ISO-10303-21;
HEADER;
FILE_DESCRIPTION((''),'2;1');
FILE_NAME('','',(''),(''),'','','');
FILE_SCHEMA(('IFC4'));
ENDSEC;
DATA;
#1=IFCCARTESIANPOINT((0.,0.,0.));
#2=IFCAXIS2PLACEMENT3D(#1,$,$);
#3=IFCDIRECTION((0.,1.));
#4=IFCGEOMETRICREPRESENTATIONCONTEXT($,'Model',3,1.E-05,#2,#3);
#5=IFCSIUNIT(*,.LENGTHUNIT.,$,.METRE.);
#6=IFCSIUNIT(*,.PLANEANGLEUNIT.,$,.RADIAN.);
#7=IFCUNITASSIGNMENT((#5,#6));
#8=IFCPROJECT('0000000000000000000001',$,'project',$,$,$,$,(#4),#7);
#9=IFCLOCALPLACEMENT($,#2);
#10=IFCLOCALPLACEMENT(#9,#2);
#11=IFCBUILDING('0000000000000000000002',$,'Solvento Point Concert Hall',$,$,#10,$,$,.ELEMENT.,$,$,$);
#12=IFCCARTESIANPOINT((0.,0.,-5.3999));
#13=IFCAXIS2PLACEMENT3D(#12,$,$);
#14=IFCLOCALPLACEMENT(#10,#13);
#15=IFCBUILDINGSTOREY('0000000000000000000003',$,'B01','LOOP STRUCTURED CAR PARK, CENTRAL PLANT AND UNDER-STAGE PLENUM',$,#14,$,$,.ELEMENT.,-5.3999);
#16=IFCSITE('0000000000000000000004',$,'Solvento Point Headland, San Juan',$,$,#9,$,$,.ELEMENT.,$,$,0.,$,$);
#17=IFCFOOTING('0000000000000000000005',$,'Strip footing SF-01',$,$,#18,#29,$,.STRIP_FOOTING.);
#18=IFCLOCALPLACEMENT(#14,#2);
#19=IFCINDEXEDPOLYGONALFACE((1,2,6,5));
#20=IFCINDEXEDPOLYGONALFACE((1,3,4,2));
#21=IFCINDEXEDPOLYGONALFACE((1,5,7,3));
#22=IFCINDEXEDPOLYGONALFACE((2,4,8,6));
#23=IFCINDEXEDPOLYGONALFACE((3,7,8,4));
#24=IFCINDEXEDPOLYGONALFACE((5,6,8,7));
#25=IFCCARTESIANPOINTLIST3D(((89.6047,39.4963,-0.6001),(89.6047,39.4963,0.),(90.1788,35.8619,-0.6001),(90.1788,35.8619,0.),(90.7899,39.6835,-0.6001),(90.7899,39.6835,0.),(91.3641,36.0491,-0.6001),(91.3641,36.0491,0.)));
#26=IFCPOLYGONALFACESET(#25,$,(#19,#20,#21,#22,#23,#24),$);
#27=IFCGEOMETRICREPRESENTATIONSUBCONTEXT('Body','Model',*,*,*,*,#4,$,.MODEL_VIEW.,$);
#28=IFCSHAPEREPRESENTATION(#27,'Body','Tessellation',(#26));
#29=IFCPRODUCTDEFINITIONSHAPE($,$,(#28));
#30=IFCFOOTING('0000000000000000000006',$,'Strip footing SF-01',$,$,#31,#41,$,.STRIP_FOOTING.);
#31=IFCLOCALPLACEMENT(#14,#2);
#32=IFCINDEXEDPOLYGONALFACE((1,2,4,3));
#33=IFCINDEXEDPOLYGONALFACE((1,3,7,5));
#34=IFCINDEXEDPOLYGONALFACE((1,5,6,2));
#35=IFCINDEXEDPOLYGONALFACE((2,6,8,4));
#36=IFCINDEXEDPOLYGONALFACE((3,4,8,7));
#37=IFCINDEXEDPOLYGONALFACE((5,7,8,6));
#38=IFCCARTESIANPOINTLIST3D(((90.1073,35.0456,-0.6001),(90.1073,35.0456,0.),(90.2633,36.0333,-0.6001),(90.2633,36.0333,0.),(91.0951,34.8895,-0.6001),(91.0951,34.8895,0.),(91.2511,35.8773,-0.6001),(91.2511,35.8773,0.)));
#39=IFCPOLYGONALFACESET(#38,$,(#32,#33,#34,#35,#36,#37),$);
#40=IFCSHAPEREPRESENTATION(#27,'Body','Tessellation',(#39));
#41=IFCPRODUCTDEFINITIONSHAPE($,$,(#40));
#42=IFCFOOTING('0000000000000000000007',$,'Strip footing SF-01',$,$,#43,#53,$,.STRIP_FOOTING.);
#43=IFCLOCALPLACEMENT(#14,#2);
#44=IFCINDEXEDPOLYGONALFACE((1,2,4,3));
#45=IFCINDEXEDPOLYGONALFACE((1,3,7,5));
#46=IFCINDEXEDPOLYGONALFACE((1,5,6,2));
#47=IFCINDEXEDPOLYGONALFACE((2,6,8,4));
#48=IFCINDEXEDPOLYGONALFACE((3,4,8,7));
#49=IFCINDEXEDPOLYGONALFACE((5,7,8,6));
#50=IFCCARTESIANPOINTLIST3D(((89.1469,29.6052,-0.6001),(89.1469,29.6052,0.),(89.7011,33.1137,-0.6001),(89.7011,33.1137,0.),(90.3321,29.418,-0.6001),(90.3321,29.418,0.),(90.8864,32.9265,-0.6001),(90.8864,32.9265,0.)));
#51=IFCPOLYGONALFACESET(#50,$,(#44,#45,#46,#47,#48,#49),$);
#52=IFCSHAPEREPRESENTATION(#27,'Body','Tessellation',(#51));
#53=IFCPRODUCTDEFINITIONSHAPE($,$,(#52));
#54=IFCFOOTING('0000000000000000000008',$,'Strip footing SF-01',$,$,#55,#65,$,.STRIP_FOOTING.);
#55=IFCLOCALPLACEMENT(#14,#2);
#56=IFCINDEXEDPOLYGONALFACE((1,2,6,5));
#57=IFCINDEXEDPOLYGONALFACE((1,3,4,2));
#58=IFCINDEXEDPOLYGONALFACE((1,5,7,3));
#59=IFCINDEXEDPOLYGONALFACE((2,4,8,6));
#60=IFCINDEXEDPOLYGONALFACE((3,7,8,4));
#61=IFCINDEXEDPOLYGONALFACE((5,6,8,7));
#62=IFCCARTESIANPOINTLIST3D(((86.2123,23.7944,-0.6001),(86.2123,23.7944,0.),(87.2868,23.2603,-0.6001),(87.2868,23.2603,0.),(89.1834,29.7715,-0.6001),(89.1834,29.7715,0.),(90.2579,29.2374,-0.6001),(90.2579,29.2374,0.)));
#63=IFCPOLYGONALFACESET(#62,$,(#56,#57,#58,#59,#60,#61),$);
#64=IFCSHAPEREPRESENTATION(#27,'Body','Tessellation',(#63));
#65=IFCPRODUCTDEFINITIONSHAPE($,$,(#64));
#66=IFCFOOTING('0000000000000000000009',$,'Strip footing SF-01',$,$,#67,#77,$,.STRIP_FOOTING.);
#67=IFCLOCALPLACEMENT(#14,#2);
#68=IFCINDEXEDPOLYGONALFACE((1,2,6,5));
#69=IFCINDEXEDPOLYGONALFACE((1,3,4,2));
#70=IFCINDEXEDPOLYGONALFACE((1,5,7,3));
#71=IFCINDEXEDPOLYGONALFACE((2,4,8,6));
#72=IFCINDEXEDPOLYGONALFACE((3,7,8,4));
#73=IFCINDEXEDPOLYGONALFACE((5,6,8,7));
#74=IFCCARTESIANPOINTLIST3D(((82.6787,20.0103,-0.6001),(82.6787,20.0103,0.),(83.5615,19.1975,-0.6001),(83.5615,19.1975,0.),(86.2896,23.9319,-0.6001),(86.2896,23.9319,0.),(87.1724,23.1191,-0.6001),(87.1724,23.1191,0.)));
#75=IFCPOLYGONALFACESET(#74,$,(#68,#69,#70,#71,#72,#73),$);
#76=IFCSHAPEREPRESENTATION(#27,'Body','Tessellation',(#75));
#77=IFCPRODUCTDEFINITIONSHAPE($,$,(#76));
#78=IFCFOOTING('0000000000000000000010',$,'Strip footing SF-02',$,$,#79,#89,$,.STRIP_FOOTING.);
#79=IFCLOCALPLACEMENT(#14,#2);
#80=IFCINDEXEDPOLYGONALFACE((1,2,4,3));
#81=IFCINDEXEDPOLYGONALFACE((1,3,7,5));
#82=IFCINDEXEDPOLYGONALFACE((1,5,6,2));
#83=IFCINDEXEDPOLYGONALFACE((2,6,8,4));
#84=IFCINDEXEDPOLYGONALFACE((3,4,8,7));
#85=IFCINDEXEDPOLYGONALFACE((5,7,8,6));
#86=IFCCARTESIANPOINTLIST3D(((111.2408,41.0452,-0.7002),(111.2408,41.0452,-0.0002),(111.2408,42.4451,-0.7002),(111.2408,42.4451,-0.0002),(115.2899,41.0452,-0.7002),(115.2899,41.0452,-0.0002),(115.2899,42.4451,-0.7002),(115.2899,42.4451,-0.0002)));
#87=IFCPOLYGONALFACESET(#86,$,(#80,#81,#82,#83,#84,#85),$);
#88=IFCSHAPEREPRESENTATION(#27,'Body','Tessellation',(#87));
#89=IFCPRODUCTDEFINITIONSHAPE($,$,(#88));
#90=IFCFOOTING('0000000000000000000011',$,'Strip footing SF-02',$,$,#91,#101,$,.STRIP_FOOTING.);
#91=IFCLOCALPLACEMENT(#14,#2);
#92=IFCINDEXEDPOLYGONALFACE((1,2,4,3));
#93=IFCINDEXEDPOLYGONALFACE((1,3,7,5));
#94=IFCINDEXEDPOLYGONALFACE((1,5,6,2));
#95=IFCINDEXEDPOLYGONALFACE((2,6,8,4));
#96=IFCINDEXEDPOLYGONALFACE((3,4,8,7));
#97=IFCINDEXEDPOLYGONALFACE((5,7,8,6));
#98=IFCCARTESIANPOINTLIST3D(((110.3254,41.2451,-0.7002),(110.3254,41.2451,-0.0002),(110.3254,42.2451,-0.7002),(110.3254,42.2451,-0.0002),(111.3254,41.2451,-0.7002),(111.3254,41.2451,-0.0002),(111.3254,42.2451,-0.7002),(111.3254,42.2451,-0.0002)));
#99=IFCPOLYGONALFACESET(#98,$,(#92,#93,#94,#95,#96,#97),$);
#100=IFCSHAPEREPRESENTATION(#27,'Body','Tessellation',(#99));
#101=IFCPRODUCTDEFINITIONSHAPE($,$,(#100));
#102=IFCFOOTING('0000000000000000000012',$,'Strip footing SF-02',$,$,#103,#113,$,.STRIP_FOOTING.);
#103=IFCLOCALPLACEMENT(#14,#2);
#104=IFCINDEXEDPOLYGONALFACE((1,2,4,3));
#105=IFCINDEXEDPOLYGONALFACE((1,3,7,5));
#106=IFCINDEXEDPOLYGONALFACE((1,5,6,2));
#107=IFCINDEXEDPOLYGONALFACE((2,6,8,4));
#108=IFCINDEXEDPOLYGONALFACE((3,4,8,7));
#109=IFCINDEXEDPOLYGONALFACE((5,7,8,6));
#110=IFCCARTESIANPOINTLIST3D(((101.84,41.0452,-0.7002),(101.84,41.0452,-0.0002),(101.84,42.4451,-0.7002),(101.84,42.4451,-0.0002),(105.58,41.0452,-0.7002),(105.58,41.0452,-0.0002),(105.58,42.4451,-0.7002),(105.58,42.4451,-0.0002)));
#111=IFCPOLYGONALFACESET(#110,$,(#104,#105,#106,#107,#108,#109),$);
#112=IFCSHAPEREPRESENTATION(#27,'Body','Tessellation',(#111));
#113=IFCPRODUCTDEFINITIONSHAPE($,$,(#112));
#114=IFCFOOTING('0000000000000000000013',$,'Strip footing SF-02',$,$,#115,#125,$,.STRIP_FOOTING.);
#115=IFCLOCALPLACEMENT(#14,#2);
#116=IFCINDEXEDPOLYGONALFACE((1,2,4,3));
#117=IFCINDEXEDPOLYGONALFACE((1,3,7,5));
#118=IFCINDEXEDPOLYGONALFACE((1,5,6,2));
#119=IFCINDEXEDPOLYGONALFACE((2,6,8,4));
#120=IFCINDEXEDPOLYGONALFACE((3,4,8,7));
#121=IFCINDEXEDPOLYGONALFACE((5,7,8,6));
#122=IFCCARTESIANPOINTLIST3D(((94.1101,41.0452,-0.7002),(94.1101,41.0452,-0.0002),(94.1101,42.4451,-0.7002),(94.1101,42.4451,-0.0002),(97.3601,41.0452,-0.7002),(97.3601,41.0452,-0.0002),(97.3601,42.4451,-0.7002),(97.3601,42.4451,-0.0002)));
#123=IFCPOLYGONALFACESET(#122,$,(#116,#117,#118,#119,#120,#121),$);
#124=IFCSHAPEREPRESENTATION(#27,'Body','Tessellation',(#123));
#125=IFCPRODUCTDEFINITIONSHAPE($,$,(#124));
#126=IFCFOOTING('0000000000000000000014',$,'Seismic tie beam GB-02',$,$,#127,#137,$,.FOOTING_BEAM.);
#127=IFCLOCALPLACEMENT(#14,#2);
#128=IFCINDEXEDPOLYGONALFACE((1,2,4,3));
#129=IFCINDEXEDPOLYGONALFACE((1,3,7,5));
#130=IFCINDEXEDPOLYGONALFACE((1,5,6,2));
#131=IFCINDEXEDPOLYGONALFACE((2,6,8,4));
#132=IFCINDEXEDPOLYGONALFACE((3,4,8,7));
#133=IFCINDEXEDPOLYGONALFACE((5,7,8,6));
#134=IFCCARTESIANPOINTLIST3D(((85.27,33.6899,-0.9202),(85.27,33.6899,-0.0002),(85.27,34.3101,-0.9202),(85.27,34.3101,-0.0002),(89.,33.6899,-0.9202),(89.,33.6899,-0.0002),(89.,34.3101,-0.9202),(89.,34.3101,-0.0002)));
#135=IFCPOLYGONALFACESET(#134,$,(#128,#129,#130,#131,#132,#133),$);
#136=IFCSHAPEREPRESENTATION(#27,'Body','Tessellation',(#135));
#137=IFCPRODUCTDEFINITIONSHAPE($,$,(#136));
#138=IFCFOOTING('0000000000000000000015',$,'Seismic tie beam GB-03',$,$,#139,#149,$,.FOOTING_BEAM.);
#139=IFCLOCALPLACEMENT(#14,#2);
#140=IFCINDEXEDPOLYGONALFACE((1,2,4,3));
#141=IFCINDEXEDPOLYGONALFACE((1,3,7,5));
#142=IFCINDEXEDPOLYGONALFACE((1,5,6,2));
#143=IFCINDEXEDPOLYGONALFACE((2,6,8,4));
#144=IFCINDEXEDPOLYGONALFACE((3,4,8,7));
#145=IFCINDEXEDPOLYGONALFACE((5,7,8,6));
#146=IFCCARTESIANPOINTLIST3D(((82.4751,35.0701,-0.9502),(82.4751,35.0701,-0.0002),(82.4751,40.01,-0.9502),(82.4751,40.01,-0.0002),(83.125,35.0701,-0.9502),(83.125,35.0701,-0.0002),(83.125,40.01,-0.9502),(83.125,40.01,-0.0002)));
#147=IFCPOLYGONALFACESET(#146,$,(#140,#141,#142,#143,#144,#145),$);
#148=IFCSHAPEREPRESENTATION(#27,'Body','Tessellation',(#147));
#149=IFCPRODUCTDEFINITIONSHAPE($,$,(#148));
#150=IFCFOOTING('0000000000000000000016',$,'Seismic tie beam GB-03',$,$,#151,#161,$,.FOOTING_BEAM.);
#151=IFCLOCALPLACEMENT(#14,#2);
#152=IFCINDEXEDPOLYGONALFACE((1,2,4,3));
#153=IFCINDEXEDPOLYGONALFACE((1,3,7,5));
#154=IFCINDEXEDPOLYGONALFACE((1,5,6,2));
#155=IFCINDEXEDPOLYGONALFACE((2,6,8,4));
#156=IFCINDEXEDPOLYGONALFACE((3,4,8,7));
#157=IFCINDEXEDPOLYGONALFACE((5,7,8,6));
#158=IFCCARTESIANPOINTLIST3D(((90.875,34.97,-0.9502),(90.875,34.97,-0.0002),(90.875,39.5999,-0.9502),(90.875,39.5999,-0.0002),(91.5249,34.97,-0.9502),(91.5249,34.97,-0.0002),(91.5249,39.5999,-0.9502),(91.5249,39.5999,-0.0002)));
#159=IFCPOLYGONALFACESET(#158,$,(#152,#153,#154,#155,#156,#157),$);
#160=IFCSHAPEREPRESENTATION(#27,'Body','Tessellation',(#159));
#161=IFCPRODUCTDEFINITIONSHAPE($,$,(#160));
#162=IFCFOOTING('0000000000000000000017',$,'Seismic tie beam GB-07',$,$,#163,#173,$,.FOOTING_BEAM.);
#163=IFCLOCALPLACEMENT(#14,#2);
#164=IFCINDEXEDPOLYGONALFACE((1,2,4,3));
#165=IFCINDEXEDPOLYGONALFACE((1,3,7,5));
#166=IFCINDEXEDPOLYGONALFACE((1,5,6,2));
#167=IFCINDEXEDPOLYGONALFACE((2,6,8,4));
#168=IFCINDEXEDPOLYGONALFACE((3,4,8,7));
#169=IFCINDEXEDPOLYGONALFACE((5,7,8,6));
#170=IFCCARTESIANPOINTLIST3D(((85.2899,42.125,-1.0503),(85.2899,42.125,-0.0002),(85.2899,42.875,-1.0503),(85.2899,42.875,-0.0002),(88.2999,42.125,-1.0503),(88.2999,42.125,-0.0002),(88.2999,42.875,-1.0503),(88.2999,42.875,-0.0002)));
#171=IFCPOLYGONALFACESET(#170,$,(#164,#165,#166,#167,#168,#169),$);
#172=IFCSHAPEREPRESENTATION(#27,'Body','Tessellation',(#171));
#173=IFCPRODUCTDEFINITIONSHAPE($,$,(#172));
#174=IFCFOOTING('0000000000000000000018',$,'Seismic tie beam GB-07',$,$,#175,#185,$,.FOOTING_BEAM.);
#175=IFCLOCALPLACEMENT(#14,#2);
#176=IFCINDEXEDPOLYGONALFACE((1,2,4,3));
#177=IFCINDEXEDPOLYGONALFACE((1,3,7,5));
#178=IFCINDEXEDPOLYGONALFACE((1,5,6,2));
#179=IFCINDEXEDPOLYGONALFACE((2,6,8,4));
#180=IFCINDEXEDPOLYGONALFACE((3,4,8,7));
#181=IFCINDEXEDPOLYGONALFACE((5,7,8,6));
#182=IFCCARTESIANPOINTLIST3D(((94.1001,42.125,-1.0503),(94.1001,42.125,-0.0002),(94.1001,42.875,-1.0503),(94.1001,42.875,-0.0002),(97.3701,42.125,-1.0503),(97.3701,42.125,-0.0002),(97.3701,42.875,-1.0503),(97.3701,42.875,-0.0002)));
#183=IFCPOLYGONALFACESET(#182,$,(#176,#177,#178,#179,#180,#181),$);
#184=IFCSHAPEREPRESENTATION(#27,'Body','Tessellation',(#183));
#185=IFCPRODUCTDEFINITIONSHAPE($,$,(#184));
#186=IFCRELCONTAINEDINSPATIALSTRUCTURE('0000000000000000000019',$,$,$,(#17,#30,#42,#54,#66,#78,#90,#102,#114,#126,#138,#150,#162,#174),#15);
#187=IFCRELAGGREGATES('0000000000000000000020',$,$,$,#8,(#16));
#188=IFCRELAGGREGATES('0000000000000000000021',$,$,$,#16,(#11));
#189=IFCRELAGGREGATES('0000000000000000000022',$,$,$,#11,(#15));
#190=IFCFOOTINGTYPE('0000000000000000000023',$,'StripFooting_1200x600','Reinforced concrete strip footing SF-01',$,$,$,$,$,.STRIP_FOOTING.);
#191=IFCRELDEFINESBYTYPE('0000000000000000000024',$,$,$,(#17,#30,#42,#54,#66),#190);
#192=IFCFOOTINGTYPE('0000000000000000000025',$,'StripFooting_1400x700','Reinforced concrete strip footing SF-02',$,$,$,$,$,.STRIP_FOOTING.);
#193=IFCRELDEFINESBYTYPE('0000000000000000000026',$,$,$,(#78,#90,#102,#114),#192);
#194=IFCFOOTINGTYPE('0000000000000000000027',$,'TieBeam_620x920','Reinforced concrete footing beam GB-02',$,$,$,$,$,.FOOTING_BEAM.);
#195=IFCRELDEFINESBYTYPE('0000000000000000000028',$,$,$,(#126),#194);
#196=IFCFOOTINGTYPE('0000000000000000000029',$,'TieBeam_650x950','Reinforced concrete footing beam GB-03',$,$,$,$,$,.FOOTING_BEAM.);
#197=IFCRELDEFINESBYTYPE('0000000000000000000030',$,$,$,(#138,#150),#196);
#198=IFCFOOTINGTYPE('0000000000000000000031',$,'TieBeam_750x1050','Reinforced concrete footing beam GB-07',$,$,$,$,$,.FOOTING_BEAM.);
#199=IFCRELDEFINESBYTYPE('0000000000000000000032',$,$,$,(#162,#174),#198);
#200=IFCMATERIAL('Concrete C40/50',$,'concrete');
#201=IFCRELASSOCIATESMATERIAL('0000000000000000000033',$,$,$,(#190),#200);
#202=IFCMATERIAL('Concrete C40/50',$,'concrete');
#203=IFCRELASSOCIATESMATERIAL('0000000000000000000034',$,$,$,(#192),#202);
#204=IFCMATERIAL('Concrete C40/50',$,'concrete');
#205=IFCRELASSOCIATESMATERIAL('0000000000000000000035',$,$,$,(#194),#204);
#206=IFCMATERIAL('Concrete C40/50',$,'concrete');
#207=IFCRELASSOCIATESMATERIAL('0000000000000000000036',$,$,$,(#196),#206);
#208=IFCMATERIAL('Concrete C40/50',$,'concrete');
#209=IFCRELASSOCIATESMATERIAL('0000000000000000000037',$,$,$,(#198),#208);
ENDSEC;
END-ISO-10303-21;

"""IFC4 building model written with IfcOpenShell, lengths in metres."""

from ifc_helpers import new_model, si_unit, direction, frame, origin, origin_2d, place, context, subcontext, project, spatial, rectangle, extrude, material, type_object, element, save


model = new_model("IFC4")

# Units and contexts
model_context = context("Model", 3, precision=1e-05, world=origin(), true_north=direction((0.0, 1.0)))
body_context = subcontext(model_context, "Body", "Model", "MODEL_VIEW")
ifc_project = project(units=[si_unit("LENGTHUNIT", "METRE"), si_unit("PLANEANGLEUNIT", "RADIAN")], contexts=[model_context])

# Site, building, storey
site_placement = place(None, origin())
site = spatial("IfcSite", under=ifc_project, at=site_placement, Name="Solvento Point Headland, San Juan", CompositionType="ELEMENT", RefElevation=0.0)
building_placement = place(site_placement, origin())
building = spatial("IfcBuilding", under=site, at=building_placement, Name="Solvento Point Concert Hall", CompositionType="ELEMENT")
storey_placement = place(building_placement, frame((0.0, 0.0, -5.3999)))
storey = spatial("IfcBuildingStorey", under=building, at=storey_placement, Name="B01", Description="LOOP STRUCTURED CAR PARK, CENTRAL PLANT AND UNDER-STAGE PLENUM", CompositionType="ELEMENT", Elevation=-5.3999)

# Footings
ifc_material_1 = material(Name="Concrete C40/50", Category="concrete")
footing_type_1 = type_object("IfcFootingType", Name="StripFooting_1200x600", Description="Reinforced concrete strip footing SF-01", PredefinedType="STRIP_FOOTING", material=ifc_material_1)
footing_1_placement = place(storey_placement, frame((90.4844, 37.7727, -0.6001), z_axis=(0.0, 0.0, 1.0), x_axis=(0.156041, -0.987751, 0.0)))
element("IfcFooting", 1, at=footing_1_placement, inside=storey, type_object=footing_type_1, Name="Strip footing SF-01", PredefinedType="STRIP_FOOTING", context=body_context, shape_type="SweptSolid", body=[
    extrude(rectangle(XDim=3.6794, YDim=1.2, at=origin_2d()), origin(), (0.0, 0.0, 1.0), 0.6001),
])
footing_2_placement = place(storey_placement, frame((90.6792, 35.4614, -0.6001), z_axis=(0.0, 0.0, 1.0), x_axis=(-0.156038, -0.987751, 0.0)))
element("IfcFooting", 2, at=footing_2_placement, inside=storey, type_object=footing_type_1, Name="Strip footing SF-01", PredefinedType="STRIP_FOOTING", context=body_context, shape_type="SweptSolid", body=[
    extrude(rectangle(XDim=1.0, YDim=1.0, at=origin_2d()), origin(), (0.0, 0.0, 1.0), 0.6001),
])
footing_3_placement = place(storey_placement, frame((90.0166, 31.2659, -0.6001), z_axis=(0.0, 0.0, 1.0), x_axis=(-0.156038, -0.987751, 0.0)))
element("IfcFooting", 3, at=footing_3_placement, inside=storey, type_object=footing_type_1, Name="Strip footing SF-01", PredefinedType="STRIP_FOOTING", context=body_context, shape_type="SweptSolid", body=[
    extrude(rectangle(XDim=3.552, YDim=1.2, at=origin_2d()), origin(), (0.0, 0.0, 1.0), 0.6001),
])
footing_4_placement = place(storey_placement, frame((88.2351, 26.5159, -0.6001), z_axis=(0.0, 0.0, 1.0), x_axis=(-0.445117, -0.895473, 0.0)))
element("IfcFooting", 4, at=footing_4_placement, inside=storey, type_object=footing_type_1, Name="Strip footing SF-01", PredefinedType="STRIP_FOOTING", context=body_context, shape_type="SweptSolid", body=[
    extrude(rectangle(XDim=6.6748, YDim=1.2, at=origin_2d()), origin(), (0.0, 0.0, 1.0), 0.6001),
])
footing_5_placement = place(storey_placement, frame((84.9255, 21.5647, -0.6001), z_axis=(0.0, 0.0, 1.0), x_axis=(-0.677367, -0.735646, 0.0)))
element("IfcFooting", 5, at=footing_5_placement, inside=storey, type_object=footing_type_1, Name="Strip footing SF-01", PredefinedType="STRIP_FOOTING", context=body_context, shape_type="SweptSolid", body=[
    extrude(rectangle(XDim=5.3308, YDim=1.2, at=origin_2d()), origin(), (0.0, 0.0, 1.0), 0.6001),
])
ifc_material_2 = material(Name="Concrete C40/50", Category="concrete")
footing_type_2 = type_object("IfcFootingType", Name="StripFooting_1400x700", Description="Reinforced concrete strip footing SF-02", PredefinedType="STRIP_FOOTING", material=ifc_material_2)
footing_6_placement = place(storey_placement, frame((113.2654, 41.7451, -0.7002), z_axis=(0.0, 0.0, 1.0), x_axis=(-1.0, 0.0, 0.0)))
element("IfcFooting", 6, at=footing_6_placement, inside=storey, type_object=footing_type_2, Name="Strip footing SF-02", PredefinedType="STRIP_FOOTING", context=body_context, shape_type="SweptSolid", body=[
    extrude(rectangle(XDim=4.0491, YDim=1.3999, at=origin_2d()), origin(), (0.0, 0.0, 1.0), 0.7),
])
footing_7_placement = place(storey_placement, frame((110.8254, 41.7451, -0.7002), z_axis=(0.0, 0.0, 1.0), x_axis=(-1.0, 0.0, 0.0)))
element("IfcFooting", 7, at=footing_7_placement, inside=storey, type_object=footing_type_2, Name="Strip footing SF-02", PredefinedType="STRIP_FOOTING", context=body_context, shape_type="SweptSolid", body=[
    extrude(rectangle(XDim=1.0, YDim=1.0, at=origin_2d()), origin(), (0.0, 0.0, 1.0), 0.7),
])
footing_8_placement = place(storey_placement, frame((103.71, 41.7451, -0.7002), z_axis=(0.0, 0.0, 1.0), x_axis=(-1.0, 0.0, 0.0)))
element("IfcFooting", 8, at=footing_8_placement, inside=storey, type_object=footing_type_2, Name="Strip footing SF-02", PredefinedType="STRIP_FOOTING", context=body_context, shape_type="SweptSolid", body=[
    extrude(rectangle(XDim=3.74, YDim=1.3999, at=origin_2d()), origin(), (0.0, 0.0, 1.0), 0.7),
])
footing_9_placement = place(storey_placement, frame((95.7351, 41.7451, -0.7002), z_axis=(0.0, 0.0, 1.0), x_axis=(-1.0, 0.0, 0.0)))
element("IfcFooting", 9, at=footing_9_placement, inside=storey, type_object=footing_type_2, Name="Strip footing SF-02", PredefinedType="STRIP_FOOTING", context=body_context, shape_type="SweptSolid", body=[
    extrude(rectangle(XDim=3.25, YDim=1.3999, at=origin_2d()), origin(), (0.0, 0.0, 1.0), 0.7),
])
ifc_material_3 = material(Name="Concrete C40/50", Category="concrete")
footing_type_3 = type_object("IfcFootingType", Name="TieBeam_620x920", Description="Reinforced concrete footing beam GB-02", PredefinedType="FOOTING_BEAM", material=ifc_material_3)
footing_10_placement = place(storey_placement, frame((87.135, 34.0, -0.9202), z_axis=(0.0, 0.0, 1.0), x_axis=(1.0, 0.0, 0.0)))
element("IfcFooting", 10, at=footing_10_placement, inside=storey, type_object=footing_type_3, Name="Seismic tie beam GB-02", PredefinedType="FOOTING_BEAM", context=body_context, shape_type="SweptSolid", body=[
    extrude(rectangle(XDim=3.73, YDim=0.6201, at=origin_2d()), origin(), (0.0, 0.0, 1.0), 0.9199),
])
ifc_material_4 = material(Name="Concrete C40/50", Category="concrete")
footing_type_4 = type_object("IfcFootingType", Name="TieBeam_650x950", Description="Reinforced concrete footing beam GB-03", PredefinedType="FOOTING_BEAM", material=ifc_material_4)
footing_11_placement = place(storey_placement, frame((82.8, 37.54, -0.9502), z_axis=(0.0, 0.0, 1.0), x_axis=(0.0, 1.0, 0.0)))
element("IfcFooting", 11, at=footing_11_placement, inside=storey, type_object=footing_type_4, Name="Seismic tie beam GB-03", PredefinedType="FOOTING_BEAM", context=body_context, shape_type="SweptSolid", body=[
    extrude(rectangle(XDim=4.9399, YDim=0.6499, at=origin_2d()), origin(), (0.0, 0.0, 1.0), 0.95),
])
footing_12_placement = place(storey_placement, frame((91.2, 37.2849, -0.9502), z_axis=(0.0, 0.0, 1.0), x_axis=(0.0, 1.0, 0.0)))
element("IfcFooting", 12, at=footing_12_placement, inside=storey, type_object=footing_type_4, Name="Seismic tie beam GB-03", PredefinedType="FOOTING_BEAM", context=body_context, shape_type="SweptSolid", body=[
    extrude(rectangle(XDim=4.6299, YDim=0.6499, at=origin_2d()), origin(), (0.0, 0.0, 1.0), 0.95),
])
ifc_material_5 = material(Name="Concrete C40/50", Category="concrete")
footing_type_5 = type_object("IfcFootingType", Name="TieBeam_750x1050", Description="Reinforced concrete footing beam GB-07", PredefinedType="FOOTING_BEAM", material=ifc_material_5)
footing_13_placement = place(storey_placement, frame((86.7949, 42.5, -1.0503), z_axis=(0.0, 0.0, 1.0), x_axis=(1.0, 0.0, 0.0)))
element("IfcFooting", 13, at=footing_13_placement, inside=storey, type_object=footing_type_5, Name="Seismic tie beam GB-07", PredefinedType="FOOTING_BEAM", context=body_context, shape_type="SweptSolid", body=[
    extrude(rectangle(XDim=3.01, YDim=0.75, at=origin_2d()), origin(), (0.0, 0.0, 1.0), 1.05),
])
footing_14_placement = place(storey_placement, frame((95.7351, 42.5, -1.0503), z_axis=(0.0, 0.0, 1.0), x_axis=(1.0, 0.0, 0.0)))
element("IfcFooting", 14, at=footing_14_placement, inside=storey, type_object=footing_type_5, Name="Seismic tie beam GB-07", PredefinedType="FOOTING_BEAM", context=body_context, shape_type="SweptSolid", body=[
    extrude(rectangle(XDim=3.27, YDim=0.75, at=origin_2d()), origin(), (0.0, 0.0, 1.0), 1.05),
])

save(model, "model.ifc")
